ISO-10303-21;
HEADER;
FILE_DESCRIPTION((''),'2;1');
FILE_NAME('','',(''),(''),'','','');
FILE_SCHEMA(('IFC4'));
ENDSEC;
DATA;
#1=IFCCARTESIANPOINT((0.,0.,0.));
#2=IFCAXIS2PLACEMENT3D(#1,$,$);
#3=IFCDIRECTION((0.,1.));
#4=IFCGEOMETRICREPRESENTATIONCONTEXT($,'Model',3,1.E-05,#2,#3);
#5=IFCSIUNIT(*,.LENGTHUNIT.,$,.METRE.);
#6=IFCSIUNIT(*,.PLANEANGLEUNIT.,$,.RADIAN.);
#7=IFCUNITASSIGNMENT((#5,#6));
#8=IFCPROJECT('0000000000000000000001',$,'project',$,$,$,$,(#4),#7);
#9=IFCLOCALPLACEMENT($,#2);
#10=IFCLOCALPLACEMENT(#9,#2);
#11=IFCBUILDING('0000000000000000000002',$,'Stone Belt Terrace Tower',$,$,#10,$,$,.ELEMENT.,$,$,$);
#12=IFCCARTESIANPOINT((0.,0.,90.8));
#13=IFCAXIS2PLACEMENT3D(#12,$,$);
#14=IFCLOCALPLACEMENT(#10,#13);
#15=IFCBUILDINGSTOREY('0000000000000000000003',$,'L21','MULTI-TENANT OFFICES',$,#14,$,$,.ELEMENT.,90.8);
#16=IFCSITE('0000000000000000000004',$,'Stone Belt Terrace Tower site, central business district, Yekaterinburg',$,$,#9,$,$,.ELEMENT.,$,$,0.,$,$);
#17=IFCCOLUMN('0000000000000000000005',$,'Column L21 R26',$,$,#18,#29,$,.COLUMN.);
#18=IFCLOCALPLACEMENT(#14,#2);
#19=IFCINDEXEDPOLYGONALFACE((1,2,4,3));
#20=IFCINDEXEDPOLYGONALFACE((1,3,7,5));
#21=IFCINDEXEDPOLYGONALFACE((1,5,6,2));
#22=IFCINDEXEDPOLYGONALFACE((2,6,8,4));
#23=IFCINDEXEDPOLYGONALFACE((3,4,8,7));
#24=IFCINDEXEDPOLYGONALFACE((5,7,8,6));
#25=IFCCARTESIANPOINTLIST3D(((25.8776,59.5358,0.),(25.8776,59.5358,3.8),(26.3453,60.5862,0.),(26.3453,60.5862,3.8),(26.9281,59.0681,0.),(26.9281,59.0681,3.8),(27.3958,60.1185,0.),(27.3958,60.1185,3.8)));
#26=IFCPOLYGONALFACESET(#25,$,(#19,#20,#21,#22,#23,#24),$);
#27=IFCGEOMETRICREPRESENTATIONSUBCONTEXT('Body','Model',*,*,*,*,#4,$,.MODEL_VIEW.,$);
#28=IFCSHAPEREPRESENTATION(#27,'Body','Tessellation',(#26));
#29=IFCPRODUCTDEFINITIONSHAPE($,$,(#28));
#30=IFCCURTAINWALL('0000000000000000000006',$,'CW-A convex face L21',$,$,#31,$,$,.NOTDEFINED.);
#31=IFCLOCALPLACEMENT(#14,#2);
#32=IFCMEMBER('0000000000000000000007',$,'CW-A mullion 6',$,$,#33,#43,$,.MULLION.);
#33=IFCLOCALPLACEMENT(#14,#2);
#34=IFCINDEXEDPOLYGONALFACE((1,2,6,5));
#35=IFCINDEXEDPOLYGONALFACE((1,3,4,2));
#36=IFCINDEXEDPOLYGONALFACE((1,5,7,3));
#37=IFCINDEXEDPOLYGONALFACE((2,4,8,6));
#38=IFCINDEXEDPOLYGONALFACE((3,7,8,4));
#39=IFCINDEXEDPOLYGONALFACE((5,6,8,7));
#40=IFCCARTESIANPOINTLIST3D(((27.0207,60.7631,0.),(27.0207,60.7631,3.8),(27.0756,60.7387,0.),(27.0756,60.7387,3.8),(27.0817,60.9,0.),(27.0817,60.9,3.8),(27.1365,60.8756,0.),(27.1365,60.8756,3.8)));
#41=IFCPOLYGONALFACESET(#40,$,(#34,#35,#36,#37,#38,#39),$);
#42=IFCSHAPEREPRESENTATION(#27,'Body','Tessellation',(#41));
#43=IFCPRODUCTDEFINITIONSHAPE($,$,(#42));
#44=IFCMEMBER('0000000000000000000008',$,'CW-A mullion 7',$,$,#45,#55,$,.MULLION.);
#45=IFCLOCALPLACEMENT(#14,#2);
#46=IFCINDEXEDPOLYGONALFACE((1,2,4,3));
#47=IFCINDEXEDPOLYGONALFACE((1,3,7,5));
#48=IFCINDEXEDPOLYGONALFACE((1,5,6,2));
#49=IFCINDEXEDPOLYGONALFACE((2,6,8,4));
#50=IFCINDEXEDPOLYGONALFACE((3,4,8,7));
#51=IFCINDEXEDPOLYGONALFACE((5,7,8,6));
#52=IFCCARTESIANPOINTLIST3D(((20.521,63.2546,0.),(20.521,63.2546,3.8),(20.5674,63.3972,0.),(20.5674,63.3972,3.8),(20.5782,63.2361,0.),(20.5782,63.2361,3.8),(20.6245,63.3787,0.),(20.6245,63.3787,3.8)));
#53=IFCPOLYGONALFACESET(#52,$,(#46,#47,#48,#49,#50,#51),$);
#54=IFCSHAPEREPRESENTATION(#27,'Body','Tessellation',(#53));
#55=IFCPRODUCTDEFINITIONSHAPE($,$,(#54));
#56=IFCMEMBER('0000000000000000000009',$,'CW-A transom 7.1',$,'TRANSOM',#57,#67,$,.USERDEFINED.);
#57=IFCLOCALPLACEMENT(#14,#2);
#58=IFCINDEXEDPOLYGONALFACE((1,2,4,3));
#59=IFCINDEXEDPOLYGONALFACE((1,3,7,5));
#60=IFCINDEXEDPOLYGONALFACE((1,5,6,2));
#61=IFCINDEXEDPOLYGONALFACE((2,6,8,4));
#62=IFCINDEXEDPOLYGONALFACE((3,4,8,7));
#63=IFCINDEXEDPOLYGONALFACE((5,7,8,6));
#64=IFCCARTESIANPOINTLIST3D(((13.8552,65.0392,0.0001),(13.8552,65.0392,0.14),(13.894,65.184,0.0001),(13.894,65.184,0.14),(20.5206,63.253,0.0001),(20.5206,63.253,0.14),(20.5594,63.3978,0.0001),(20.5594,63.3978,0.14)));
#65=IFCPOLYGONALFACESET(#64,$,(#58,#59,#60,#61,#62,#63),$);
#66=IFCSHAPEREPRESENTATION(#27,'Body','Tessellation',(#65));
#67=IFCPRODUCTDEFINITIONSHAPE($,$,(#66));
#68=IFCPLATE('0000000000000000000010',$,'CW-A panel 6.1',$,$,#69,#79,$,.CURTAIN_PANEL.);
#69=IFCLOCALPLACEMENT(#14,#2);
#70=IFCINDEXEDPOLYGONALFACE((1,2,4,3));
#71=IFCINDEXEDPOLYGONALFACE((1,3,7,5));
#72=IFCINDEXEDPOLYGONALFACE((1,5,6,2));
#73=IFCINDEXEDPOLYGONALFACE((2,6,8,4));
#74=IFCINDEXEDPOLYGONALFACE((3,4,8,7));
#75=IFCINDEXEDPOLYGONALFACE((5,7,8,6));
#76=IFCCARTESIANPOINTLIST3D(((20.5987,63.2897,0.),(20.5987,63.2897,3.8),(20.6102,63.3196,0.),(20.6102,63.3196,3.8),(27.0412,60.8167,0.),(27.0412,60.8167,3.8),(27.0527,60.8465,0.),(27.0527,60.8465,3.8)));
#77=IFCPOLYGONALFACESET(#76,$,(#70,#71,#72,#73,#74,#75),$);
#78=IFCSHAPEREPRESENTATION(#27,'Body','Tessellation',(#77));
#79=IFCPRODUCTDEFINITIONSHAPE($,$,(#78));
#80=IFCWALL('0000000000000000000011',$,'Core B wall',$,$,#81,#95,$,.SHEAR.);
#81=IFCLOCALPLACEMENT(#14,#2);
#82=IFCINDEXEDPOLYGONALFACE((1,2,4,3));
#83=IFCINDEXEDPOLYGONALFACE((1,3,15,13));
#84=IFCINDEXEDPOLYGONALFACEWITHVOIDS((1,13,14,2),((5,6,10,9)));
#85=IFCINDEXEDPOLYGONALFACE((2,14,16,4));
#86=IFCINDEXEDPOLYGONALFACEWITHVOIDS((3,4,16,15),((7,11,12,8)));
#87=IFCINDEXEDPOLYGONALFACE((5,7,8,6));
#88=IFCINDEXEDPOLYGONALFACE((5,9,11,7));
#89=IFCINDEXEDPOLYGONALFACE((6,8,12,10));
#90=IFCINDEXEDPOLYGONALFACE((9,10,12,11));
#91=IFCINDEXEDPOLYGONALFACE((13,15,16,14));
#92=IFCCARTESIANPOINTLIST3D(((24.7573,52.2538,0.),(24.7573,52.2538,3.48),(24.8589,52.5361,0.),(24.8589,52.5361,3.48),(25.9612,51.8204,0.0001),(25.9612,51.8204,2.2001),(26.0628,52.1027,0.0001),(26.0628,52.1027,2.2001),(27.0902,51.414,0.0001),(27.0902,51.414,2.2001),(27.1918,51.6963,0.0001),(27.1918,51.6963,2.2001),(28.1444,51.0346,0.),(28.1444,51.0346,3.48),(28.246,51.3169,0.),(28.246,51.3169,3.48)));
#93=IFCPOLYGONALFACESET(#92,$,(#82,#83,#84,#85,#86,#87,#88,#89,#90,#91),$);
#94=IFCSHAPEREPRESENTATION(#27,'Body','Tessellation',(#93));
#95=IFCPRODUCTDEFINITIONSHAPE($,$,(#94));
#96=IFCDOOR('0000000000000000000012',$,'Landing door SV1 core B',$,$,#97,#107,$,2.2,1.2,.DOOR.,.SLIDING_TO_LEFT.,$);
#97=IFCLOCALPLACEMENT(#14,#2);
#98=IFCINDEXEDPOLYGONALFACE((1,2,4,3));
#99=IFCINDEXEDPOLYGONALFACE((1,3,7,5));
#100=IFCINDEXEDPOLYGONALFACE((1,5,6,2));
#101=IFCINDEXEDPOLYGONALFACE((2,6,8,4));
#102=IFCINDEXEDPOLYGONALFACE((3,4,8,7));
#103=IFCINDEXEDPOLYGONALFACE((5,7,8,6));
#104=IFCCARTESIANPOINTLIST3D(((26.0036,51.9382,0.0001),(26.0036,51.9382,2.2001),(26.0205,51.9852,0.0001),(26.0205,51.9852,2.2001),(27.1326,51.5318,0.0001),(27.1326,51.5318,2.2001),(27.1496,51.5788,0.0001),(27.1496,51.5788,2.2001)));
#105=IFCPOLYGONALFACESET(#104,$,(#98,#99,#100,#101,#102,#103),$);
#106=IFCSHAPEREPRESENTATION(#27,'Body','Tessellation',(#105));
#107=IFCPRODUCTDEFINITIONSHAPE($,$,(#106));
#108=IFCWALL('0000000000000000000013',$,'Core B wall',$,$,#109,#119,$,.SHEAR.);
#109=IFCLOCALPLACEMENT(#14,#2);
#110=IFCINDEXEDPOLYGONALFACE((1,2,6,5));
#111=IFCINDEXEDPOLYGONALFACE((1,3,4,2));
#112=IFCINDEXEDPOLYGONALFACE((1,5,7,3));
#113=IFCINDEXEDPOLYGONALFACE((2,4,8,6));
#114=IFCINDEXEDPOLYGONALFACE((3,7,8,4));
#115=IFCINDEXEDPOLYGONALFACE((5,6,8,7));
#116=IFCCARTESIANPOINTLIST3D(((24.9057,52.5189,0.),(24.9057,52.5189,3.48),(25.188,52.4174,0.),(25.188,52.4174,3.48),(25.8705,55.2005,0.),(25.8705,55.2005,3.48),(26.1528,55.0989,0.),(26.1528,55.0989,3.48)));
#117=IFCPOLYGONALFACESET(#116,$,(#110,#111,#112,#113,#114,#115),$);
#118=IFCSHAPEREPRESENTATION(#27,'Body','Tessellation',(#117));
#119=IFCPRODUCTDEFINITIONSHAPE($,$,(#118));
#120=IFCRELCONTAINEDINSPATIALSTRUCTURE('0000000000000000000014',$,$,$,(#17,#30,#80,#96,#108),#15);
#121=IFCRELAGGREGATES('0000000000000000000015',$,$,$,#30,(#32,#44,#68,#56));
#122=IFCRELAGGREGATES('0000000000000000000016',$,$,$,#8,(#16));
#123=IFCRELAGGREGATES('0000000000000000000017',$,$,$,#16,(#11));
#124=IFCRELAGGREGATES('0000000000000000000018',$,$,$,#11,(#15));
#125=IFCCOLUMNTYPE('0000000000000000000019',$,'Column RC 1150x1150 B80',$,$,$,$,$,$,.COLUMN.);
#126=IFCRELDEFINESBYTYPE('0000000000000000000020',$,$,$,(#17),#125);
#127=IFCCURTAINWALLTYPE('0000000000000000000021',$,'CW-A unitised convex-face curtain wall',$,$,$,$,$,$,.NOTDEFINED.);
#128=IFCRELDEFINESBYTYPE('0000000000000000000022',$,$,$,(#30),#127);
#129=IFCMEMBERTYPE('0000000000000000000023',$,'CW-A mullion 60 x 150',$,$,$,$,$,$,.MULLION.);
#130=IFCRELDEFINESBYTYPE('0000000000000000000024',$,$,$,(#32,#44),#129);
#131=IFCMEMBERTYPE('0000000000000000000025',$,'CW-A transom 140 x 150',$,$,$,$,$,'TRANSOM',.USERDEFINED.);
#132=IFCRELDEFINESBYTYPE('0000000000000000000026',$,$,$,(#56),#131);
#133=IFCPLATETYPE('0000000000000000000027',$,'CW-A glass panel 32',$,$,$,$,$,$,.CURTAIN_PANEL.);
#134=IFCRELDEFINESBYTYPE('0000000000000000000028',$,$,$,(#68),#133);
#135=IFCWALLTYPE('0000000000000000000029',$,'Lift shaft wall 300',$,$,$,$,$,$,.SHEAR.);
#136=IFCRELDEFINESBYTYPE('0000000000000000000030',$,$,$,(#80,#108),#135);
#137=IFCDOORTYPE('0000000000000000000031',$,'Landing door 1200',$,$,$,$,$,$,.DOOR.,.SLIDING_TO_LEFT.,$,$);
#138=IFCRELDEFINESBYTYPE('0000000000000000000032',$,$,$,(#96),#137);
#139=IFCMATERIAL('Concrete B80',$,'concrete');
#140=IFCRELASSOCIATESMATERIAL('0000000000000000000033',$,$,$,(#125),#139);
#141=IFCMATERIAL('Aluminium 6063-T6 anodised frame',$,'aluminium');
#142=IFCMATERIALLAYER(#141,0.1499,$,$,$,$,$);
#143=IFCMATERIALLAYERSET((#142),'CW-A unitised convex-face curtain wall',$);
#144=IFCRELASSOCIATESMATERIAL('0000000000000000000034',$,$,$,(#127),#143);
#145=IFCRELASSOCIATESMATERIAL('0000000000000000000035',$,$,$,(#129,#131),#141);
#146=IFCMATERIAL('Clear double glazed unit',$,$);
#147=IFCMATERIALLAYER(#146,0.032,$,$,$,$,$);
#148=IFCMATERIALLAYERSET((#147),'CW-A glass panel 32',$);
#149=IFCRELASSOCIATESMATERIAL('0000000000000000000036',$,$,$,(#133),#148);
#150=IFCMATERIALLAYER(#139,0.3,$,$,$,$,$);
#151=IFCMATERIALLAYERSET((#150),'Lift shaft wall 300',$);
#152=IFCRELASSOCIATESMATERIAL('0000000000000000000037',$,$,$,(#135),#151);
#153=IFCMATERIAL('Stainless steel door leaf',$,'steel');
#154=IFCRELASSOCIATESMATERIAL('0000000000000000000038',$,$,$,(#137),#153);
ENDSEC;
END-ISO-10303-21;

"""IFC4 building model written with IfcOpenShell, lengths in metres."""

from ifc_helpers import new_model, si_unit, direction, frame, frame_2d, origin, origin_2d, place, context, subcontext, project, spatial, rectangle, extrude, material, layer, layer_set, material_profile, profile_set, type_object, element, fill, aggregate, save


model = new_model("IFC4")

# Units and contexts
model_context = context("Model", 3, precision=1e-05, world=origin(), true_north=direction((0.0, 1.0)))
body_context = subcontext(model_context, "Body", "Model", "MODEL_VIEW")
ifc_project = project(units=[si_unit("LENGTHUNIT", "METRE"), si_unit("PLANEANGLEUNIT", "RADIAN")], contexts=[model_context])

# Site, building, storey
site_placement = place(None, origin())
site = spatial("IfcSite", under=ifc_project, at=site_placement, Name="Stone Belt Terrace Tower site, central business district, Yekaterinburg", CompositionType="ELEMENT", RefElevation=0.0)
building_placement = place(site_placement, origin())
building = spatial("IfcBuilding", under=site, at=building_placement, Name="Stone Belt Terrace Tower", CompositionType="ELEMENT")
storey_placement = place(building_placement, frame((0.0, 0.0, 90.8)))
storey = spatial("IfcBuildingStorey", under=building, at=storey_placement, Name="L21", Description="MULTI-TENANT OFFICES", CompositionType="ELEMENT", Elevation=90.8)

# Column
ifc_material_1 = material(Name="Concrete B80", Category="concrete")
ifc_material_profile_1 = material_profile(ifc_material_1, rectangle(XDim=1.1499, YDim=1.1499, at=origin_2d()), Name="RC 1150x1150")
ifc_profile_set_1 = profile_set([ifc_material_profile_1], Name="Concrete B80")
column_type = type_object("IfcColumnType", Name="Column RC 1150x1150 B80", PredefinedType="COLUMN", material=ifc_profile_set_1)
column_placement = place(storey_placement, frame((26.6367, 59.8271, 0.0), z_axis=(0.0, 0.0, 1.0), x_axis=(0.913545, -0.406737, 0.0)))
element("IfcColumn", 1, at=column_placement, inside=storey, type_object=column_type, Name="Column L21 R26", PredefinedType="COLUMN", context=body_context, shape_type="SweptSolid", body=[
    extrude(rectangle(XDim=1.1499, YDim=1.1499, at=origin_2d()), origin(), (0.0, 0.0, 1.0), 3.8),
])

# Curtain wall, members, plate
ifc_material_2 = material(Name="Aluminium 6063-T6 anodised frame", Category="aluminium")
ifc_layer_1 = layer(ifc_material_2, 0.1499)
ifc_layer_set_1 = layer_set([ifc_layer_1], Name="CW-A unitised convex-face curtain wall")
curtain_wall_type = type_object("IfcCurtainWallType", Name="CW-A unitised convex-face curtain wall", PredefinedType="NOTDEFINED", material=ifc_layer_set_1)
curtain_wall_placement = place(storey_placement, origin())
curtain_wall = element("IfcCurtainWall", 2, at=curtain_wall_placement, inside=storey, type_object=curtain_wall_type, Name="CW-A convex face L21", PredefinedType="NOTDEFINED")
ifc_material_profile_2 = material_profile(ifc_material_2, rectangle(XDim=0.1499, YDim=0.0601, at=origin_2d()), Name="Aluminium 6063-T6 60x150")
ifc_profile_set_2 = profile_set([ifc_material_profile_2], Name="Aluminium 6063-T6 anodised frame")
member_type_1 = type_object("IfcMemberType", Name="CW-A mullion 60 x 150", PredefinedType="MULLION", material=ifc_profile_set_2)
member_1_placement = place(storey_placement, frame((27.0786, 60.8193, 0.0), z_axis=(0.0, 0.0, 1.0), x_axis=(-0.406737, -0.913545, 0.0)))
member_1 = element("IfcMember", 3, at=member_1_placement, type_object=member_type_1, Name="CW-A mullion 6", PredefinedType="MULLION", context=body_context, shape_type="SweptSolid", body=[
    extrude(rectangle(XDim=0.1499, YDim=0.0601, at=origin_2d()), origin(), (0.0, 0.0, 1.0), 3.8),
])
member_2_placement = place(storey_placement, frame((20.5728, 63.3167, 0.0), z_axis=(0.0, 0.0, 1.0), x_axis=(-0.309017, -0.951057, 0.0)))
member_2 = element("IfcMember", 4, at=member_2_placement, type_object=member_type_1, Name="CW-A mullion 7", PredefinedType="MULLION", context=body_context, shape_type="SweptSolid", body=[
    extrude(rectangle(XDim=0.1499, YDim=0.0601, at=origin_2d()), origin(), (0.0, 0.0, 1.0), 3.8),
])
ifc_material_profile_3 = material_profile(ifc_material_2, rectangle(XDim=0.1499, YDim=0.1399, at=origin_2d()), Name="Aluminium 6063-T6 150x140")
ifc_profile_set_3 = profile_set([ifc_material_profile_3], Name="Aluminium 6063-T6 anodised frame")
member_type_2 = type_object("IfcMemberType", Name="CW-A transom 140 x 150", ElementType="TRANSOM", PredefinedType="USERDEFINED", material=ifc_profile_set_3)
member_3_placement = place(storey_placement, frame((20.54, 63.3254, 0.0701), z_axis=(-0.965922, 0.258834, 0.0), x_axis=(-0.258834, -0.965922, 0.0)))
member_3 = element("IfcMember", 5, at=member_3_placement, type_object=member_type_2, Name="CW-A transom 7.1", ObjectType="TRANSOM", PredefinedType="USERDEFINED", context=body_context, shape_type="SweptSolid", body=[
    extrude(rectangle(XDim=0.1499, YDim=0.1399, at=origin_2d()), origin(), (0.0, 0.0, 1.0), 6.9006),
])
ifc_material_3 = material(Name="Clear double glazed unit")
ifc_layer_2 = layer(ifc_material_3, 0.032)
ifc_layer_set_2 = layer_set([ifc_layer_2], Name="CW-A glass panel 32")
plate_type = type_object("IfcPlateType", Name="CW-A glass panel 32", PredefinedType="CURTAIN_PANEL", material=ifc_layer_set_2)
plate_placement = place(storey_placement, frame((23.8257, 62.0681, 0.0), z_axis=(0.0, 0.0, 1.0), x_axis=(-0.93358, 0.358368, 0.0)))
plate = element("IfcPlate", 6, at=plate_placement, type_object=plate_type, Name="CW-A panel 6.1", PredefinedType="CURTAIN_PANEL", context=body_context, shape_type="SweptSolid", body=[
    extrude(rectangle(XDim=6.9009, YDim=0.032, at=origin_2d()), origin(), (0.0, 0.0, 1.0), 3.8),
])
aggregate(curtain_wall, [member_1, member_2, plate, member_3])

# Wall, opening, door
ifc_layer_3 = layer(ifc_material_1, 0.3)
ifc_layer_set_3 = layer_set([ifc_layer_3], Name="Lift shaft wall 300")
wall_type_1 = type_object("IfcWallType", Name="Lift shaft wall 300", PredefinedType="SHEAR", material=ifc_layer_set_3)
wall_1_placement = place(storey_placement, frame((28.1951, 51.1758, 0.0), z_axis=(0.0, 0.0, 1.0), x_axis=(-0.940901, 0.338681, 0.0)))
wall_1 = element("IfcWall", 7, at=wall_1_placement, inside=storey, type_object=wall_type_1, Name="Core B wall", PredefinedType="SHEAR", context=body_context, shape_type="SweptSolid", body=[
    extrude(rectangle(XDim=3.5999, YDim=0.3, at=frame_2d((1.7998, 0.0))), origin(), (0.0, 0.0, 1.0), 3.48),
])
opening_1_placement = place(wall_1_placement, frame((1.1201, 0.0, 0.0)))
opening_1 = element("IfcOpeningElement", 8, at=opening_1_placement, cuts=wall_1, PredefinedType="OPENING", context=body_context, shape_type="SweptSolid", body=[
    extrude(rectangle(XDim=1.2, YDim=2.2, at=frame_2d((0.6001, 1.1001))), frame((0.0, 0.1599, 0.0), z_axis=(0.0, -1.0, 0.0), x_axis=(1.0, 0.0, 0.0)), (0.0, 0.0, 1.0), 0.3201),
])
ifc_material_4 = material(Name="Stainless steel door leaf", Category="steel")
door_type_1 = type_object("IfcDoorType", Name="Landing door 1200", OperationType="SLIDING_TO_LEFT", PredefinedType="DOOR", material=ifc_material_4)
door_1_placement = place(opening_1_placement, origin())
door_1 = element("IfcDoor", 9, at=door_1_placement, inside=storey, type_object=door_type_1, Name="Landing door SV1 core B", OperationType="SLIDING_TO_LEFT", OverallHeight=2.2, OverallWidth=1.2, PredefinedType="DOOR", context=body_context, shape_type="SweptSolid", body=[
    extrude(rectangle(XDim=1.2, YDim=2.2, at=frame_2d((0.6001, 1.1001))), frame((0.0, 0.0249, 0.0), z_axis=(0.0, -1.0, 0.0), x_axis=(1.0, 0.0, 0.0)), (0.0, 0.0, 1.0), 0.05),
])
fill(opening_1, door_1)

# Wall
wall_2_placement = place(storey_placement, frame((25.0469, 52.4683, 0.0), z_axis=(0.0, 0.0, 1.0), x_axis=(0.33855, 0.940949, 0.0)))
element("IfcWall", 10, at=wall_2_placement, inside=storey, type_object=wall_type_1, Name="Core B wall", PredefinedType="SHEAR", context=body_context, shape_type="SweptSolid", body=[
    extrude(rectangle(XDim=2.8499, YDim=0.3, at=frame_2d((1.4248, 0.0))), origin(), (0.0, 0.0, 1.0), 3.48),
])

save(model, "model.ifc")
